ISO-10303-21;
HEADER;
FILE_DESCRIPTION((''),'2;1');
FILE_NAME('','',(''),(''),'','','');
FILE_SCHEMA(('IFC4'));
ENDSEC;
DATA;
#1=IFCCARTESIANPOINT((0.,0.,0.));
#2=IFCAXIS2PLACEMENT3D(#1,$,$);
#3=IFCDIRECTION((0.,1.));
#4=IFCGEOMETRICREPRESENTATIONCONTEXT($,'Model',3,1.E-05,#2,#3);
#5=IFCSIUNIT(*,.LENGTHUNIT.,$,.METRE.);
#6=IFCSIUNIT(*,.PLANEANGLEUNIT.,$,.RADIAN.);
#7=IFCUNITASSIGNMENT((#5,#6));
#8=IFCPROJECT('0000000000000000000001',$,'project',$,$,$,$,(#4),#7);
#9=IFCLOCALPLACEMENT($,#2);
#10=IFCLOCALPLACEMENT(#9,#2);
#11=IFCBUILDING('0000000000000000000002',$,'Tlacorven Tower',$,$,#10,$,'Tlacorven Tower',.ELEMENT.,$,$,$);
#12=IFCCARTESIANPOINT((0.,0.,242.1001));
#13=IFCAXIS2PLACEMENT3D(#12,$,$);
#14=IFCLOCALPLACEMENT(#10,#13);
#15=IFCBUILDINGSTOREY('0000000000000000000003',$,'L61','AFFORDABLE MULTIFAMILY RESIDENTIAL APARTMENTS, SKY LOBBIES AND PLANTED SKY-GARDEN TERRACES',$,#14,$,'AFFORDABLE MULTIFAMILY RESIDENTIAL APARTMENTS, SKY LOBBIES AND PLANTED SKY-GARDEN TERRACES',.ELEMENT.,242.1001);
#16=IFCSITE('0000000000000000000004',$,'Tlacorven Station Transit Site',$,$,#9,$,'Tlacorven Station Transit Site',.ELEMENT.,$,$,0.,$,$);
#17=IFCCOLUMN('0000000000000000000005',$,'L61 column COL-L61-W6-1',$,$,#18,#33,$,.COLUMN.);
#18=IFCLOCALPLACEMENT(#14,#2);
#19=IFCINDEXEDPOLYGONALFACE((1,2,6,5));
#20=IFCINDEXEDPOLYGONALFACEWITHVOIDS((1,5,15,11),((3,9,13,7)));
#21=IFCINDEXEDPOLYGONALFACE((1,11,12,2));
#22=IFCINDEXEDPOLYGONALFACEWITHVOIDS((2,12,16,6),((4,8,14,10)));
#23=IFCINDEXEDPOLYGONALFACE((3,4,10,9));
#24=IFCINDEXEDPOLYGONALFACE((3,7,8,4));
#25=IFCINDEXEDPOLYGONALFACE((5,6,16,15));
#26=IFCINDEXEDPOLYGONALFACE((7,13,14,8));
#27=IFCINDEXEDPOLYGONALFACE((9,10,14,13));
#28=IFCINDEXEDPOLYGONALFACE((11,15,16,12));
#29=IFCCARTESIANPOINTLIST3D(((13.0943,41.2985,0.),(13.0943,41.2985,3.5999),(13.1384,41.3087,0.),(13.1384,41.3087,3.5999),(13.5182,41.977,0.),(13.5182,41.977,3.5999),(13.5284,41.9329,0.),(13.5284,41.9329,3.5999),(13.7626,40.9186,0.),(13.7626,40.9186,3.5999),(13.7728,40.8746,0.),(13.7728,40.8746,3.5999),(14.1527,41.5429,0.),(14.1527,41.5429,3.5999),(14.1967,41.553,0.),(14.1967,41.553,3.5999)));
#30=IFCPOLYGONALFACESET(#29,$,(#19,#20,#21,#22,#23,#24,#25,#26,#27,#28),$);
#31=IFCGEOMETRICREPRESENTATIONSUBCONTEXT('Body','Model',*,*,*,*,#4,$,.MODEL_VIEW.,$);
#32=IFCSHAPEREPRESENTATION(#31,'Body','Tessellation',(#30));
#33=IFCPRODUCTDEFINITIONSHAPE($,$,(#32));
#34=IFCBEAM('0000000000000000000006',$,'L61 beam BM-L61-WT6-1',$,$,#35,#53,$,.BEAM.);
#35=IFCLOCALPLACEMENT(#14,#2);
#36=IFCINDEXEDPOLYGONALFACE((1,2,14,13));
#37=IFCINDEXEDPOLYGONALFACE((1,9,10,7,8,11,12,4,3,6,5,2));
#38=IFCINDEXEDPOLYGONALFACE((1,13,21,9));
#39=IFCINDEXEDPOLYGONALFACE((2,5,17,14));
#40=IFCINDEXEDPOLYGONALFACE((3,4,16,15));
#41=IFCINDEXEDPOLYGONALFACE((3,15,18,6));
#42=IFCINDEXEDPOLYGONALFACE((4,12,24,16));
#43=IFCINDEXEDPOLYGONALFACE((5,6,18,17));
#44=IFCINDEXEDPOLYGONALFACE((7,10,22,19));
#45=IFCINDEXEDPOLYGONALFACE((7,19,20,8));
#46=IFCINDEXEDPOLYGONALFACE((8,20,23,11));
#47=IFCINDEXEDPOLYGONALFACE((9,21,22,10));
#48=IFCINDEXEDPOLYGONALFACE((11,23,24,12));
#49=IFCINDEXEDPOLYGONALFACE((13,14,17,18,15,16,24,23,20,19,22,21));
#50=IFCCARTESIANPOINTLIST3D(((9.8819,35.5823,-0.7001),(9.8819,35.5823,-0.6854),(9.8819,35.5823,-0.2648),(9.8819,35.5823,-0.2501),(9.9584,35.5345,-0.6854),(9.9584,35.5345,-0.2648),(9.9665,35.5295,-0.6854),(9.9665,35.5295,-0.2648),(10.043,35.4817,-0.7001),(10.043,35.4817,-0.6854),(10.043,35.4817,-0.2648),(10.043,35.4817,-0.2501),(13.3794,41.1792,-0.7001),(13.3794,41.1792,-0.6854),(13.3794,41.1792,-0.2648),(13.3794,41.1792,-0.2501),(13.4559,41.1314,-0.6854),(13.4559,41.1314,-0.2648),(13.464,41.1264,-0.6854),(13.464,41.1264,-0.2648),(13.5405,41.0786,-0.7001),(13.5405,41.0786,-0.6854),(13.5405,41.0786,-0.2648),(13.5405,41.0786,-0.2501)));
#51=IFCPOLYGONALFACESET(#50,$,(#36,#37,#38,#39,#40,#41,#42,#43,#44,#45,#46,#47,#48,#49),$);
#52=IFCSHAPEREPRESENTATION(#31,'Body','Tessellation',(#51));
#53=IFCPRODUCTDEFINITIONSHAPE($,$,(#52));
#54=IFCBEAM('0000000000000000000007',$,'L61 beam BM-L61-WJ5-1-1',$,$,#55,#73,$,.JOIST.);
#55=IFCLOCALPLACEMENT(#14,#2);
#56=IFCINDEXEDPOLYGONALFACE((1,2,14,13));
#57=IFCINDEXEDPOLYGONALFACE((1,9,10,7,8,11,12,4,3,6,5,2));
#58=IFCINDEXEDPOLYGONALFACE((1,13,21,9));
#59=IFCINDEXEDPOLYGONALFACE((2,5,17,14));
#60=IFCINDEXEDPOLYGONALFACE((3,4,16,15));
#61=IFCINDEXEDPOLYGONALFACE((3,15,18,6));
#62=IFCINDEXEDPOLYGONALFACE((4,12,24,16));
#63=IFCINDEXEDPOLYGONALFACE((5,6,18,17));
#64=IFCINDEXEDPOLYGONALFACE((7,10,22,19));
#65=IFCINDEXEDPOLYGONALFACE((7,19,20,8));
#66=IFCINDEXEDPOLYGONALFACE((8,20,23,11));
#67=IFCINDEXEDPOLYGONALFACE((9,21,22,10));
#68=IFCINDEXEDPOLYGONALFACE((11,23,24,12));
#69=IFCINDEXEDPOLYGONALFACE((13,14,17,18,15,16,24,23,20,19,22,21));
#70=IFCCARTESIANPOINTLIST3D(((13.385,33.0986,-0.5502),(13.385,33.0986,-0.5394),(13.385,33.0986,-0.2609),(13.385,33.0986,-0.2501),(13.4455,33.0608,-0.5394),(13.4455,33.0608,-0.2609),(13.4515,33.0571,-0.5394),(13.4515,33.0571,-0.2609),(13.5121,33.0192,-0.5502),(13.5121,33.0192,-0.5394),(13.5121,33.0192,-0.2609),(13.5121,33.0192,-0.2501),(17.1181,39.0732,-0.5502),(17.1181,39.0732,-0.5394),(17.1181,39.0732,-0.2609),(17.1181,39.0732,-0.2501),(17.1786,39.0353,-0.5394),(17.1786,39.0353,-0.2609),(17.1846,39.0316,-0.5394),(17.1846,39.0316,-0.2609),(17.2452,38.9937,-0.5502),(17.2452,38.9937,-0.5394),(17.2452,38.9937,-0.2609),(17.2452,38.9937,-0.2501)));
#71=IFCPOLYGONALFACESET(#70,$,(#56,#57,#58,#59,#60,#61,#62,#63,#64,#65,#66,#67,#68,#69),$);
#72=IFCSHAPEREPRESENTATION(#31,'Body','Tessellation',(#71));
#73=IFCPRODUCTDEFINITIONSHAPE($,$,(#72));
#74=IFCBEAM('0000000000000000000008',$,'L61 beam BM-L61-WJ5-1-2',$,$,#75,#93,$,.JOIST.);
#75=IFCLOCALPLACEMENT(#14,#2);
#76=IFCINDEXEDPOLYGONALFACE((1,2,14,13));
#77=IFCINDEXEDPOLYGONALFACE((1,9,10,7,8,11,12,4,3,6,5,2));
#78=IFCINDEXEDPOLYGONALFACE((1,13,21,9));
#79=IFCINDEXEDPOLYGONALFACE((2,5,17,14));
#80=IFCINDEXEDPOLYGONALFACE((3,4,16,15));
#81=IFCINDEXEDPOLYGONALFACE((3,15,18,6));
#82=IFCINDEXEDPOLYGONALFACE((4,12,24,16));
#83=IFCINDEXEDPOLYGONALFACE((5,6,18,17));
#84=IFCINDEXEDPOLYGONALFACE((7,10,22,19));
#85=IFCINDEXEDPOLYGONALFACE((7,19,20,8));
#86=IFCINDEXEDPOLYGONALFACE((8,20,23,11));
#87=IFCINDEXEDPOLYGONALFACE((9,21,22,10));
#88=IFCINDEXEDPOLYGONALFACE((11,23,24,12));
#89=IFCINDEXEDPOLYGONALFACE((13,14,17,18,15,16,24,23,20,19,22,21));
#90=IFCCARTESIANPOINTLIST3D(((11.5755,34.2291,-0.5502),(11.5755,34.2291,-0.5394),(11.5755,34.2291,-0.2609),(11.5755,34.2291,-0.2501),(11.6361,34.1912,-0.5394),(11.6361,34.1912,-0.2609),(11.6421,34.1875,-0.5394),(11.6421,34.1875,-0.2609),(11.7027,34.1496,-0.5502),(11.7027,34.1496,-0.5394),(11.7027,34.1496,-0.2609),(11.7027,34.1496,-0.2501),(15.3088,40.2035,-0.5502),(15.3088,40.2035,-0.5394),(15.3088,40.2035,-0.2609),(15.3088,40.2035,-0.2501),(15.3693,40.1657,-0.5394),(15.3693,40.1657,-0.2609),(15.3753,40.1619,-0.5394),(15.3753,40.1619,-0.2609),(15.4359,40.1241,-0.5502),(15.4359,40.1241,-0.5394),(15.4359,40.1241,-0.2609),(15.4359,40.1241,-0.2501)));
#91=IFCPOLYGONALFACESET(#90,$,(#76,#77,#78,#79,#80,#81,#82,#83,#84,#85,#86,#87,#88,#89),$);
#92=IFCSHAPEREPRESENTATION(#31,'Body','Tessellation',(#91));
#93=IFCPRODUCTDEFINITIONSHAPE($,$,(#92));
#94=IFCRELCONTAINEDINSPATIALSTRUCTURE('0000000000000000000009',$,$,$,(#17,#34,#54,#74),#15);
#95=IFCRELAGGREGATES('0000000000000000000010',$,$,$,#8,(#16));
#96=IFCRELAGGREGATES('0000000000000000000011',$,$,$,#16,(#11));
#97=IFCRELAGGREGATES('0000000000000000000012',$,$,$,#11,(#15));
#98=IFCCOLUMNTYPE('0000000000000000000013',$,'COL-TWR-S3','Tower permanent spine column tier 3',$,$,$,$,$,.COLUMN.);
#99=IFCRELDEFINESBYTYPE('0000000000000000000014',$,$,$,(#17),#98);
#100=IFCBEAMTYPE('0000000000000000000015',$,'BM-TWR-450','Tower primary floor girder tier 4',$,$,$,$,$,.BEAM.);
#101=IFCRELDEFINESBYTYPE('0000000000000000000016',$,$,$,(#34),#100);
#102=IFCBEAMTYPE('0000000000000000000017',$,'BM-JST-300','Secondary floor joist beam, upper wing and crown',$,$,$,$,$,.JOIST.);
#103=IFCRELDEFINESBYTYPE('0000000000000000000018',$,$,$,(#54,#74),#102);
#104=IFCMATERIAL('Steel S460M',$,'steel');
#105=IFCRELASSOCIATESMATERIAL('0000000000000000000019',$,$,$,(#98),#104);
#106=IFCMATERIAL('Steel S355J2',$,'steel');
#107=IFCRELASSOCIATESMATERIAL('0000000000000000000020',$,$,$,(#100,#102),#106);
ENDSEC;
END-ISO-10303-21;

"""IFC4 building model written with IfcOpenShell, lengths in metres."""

from ifc_helpers import new_model, si_unit, direction, frame, origin, origin_2d, place, context, subcontext, project, spatial, hollow_rectangle, i_section, extrude, source, transform, mapped, material, material_profile, profile_set, type_object, element, save


model = new_model("IFC4")

# Units and contexts
model_context = context("Model", 3, precision=1e-05, world=origin(), true_north=direction((0.0, 1.0)))
body_context = subcontext(model_context, "Body", "Model", "MODEL_VIEW")
ifc_project = project(units=[si_unit("LENGTHUNIT", "METRE"), si_unit("PLANEANGLEUNIT", "RADIAN")], contexts=[model_context])

# Site, building, storey
site_placement = place(None, origin())
site = spatial("IfcSite", under=ifc_project, at=site_placement, Name="Tlacorven Station Transit Site", LongName="Tlacorven Station Transit Site", CompositionType="ELEMENT", RefElevation=0.0)
building_placement = place(site_placement, origin())
building = spatial("IfcBuilding", under=site, at=building_placement, Name="Tlacorven Tower", LongName="Tlacorven Tower", CompositionType="ELEMENT")
storey_placement = place(building_placement, frame((0.0, 0.0, 242.1001)))
storey = spatial("IfcBuildingStorey", under=building, at=storey_placement, Name="L61", Description="AFFORDABLE MULTIFAMILY RESIDENTIAL APARTMENTS, SKY LOBBIES AND PLANTED SKY-GARDEN TERRACES", LongName="AFFORDABLE MULTIFAMILY RESIDENTIAL APARTMENTS, SKY LOBBIES AND PLANTED SKY-GARDEN TERRACES", CompositionType="ELEMENT", Elevation=242.1001)

# Column
ifc_material_1 = material(Name="Steel S460M", Category="steel")
ifc_material_profile_1 = material_profile(ifc_material_1, hollow_rectangle(XDim=0.8, YDim=0.8, WallThickness=0.032, at=origin_2d()), Name="BOX 800X800X32")
ifc_profile_set_1 = profile_set([ifc_material_profile_1], Name="Steel S460M")
column_type = type_object("IfcColumnType", Name="COL-TWR-S3", Description="Tower permanent spine column tier 3", PredefinedType="COLUMN", material=ifc_profile_set_1)
shared_shape_1 = source(origin(), body_context, "Body", "SweptSolid", [
    extrude(hollow_rectangle(XDim=0.8, YDim=0.8, WallThickness=0.032, at=origin_2d()), origin(), (0.0, 0.0, 1.0), 3.5999),
])
column_placement = place(storey_placement, frame((13.6455, 41.4258, 0.0), z_axis=(0.0, 0.0, 1.0), x_axis=(-0.848048, 0.529919, 0.0)))
element("IfcColumn", 1, at=column_placement, inside=storey, type_object=column_type, Name="L61 column COL-L61-W6-1", PredefinedType="COLUMN", context=body_context, shape_type="MappedRepresentation", body=[
    mapped(shared_shape_1, transform((0.0, 0.0, 0.0), scale=1.0)),
])

# Beams
ifc_material_2 = material(Name="Steel S355J2", Category="steel")
ifc_material_profile_2 = material_profile(ifc_material_2, i_section(OverallWidth=0.1899, OverallDepth=0.45, WebThickness=0.0095, FlangeThickness=0.0146, at=origin_2d()), Name="IPE 450")
ifc_profile_set_2 = profile_set([ifc_material_profile_2], Name="Steel S355J2")
beam_type_1 = type_object("IfcBeamType", Name="BM-TWR-450", Description="Tower primary floor girder tier 4", PredefinedType="BEAM", material=ifc_profile_set_2)
shared_shape_2 = source(origin(), body_context, "Body", "SweptSolid", [
    extrude(i_section(OverallWidth=0.1899, OverallDepth=0.45, WebThickness=0.0095, FlangeThickness=0.0146, at=origin_2d()), origin(), (0.0, 0.0, 1.0), 6.5999),
])
beam_placement = place(storey_placement, frame((13.46, 41.1289, -0.4751), z_axis=(-0.529942, -0.848034, 0.0), x_axis=(0.848034, -0.529942, 0.0)))
element("IfcBeam", 2, at=beam_placement, inside=storey, type_object=beam_type_1, Name="L61 beam BM-L61-WT6-1", PredefinedType="BEAM", context=body_context, shape_type="MappedRepresentation", body=[
    mapped(shared_shape_2, transform((0.0, 0.0, 0.0), scale=1.0)),
])
ifc_material_profile_3 = material_profile(ifc_material_2, i_section(OverallWidth=0.1499, OverallDepth=0.3, WebThickness=0.0071, FlangeThickness=0.0107, at=origin_2d()), Name="IPE 300")
ifc_profile_set_3 = profile_set([ifc_material_profile_3], Name="Steel S355J2")
beam_type_2 = type_object("IfcBeamType", Name="BM-JST-300", Description="Secondary floor joist beam, upper wing and crown", PredefinedType="JOIST", material=ifc_profile_set_3)
shared_shape_3 = source(origin(), body_context, "Body", "SweptSolid", [
    extrude(i_section(OverallWidth=0.1499, OverallDepth=0.3, WebThickness=0.0071, FlangeThickness=0.0107, at=origin_2d()), origin(), (0.0, 0.0, 1.0), 7.0449),
])
for number, where, z_axis, x_axis, name in (
    (3, (17.1816, 39.0334, -0.4001), (-0.529899, -0.848061, 0.0), (0.848061, -0.529899, 0.0), "L61 beam BM-L61-WJ5-1-1"),
    (4, (15.3723, 40.1638, -0.4001), (-0.529915, -0.848051, 0.0), (0.848051, -0.529915, 0.0), "L61 beam BM-L61-WJ5-1-2"),
):
    element("IfcBeam", number, at=place(storey_placement, frame(where, z_axis=z_axis, x_axis=x_axis)), inside=storey, type_object=beam_type_2, Name=name, PredefinedType="JOIST", context=body_context, shape_type="MappedRepresentation", body=[
        mapped(shared_shape_3, transform((0.0, 0.0, 0.0), scale=1.0)),
    ])

save(model, "model.ifc")
